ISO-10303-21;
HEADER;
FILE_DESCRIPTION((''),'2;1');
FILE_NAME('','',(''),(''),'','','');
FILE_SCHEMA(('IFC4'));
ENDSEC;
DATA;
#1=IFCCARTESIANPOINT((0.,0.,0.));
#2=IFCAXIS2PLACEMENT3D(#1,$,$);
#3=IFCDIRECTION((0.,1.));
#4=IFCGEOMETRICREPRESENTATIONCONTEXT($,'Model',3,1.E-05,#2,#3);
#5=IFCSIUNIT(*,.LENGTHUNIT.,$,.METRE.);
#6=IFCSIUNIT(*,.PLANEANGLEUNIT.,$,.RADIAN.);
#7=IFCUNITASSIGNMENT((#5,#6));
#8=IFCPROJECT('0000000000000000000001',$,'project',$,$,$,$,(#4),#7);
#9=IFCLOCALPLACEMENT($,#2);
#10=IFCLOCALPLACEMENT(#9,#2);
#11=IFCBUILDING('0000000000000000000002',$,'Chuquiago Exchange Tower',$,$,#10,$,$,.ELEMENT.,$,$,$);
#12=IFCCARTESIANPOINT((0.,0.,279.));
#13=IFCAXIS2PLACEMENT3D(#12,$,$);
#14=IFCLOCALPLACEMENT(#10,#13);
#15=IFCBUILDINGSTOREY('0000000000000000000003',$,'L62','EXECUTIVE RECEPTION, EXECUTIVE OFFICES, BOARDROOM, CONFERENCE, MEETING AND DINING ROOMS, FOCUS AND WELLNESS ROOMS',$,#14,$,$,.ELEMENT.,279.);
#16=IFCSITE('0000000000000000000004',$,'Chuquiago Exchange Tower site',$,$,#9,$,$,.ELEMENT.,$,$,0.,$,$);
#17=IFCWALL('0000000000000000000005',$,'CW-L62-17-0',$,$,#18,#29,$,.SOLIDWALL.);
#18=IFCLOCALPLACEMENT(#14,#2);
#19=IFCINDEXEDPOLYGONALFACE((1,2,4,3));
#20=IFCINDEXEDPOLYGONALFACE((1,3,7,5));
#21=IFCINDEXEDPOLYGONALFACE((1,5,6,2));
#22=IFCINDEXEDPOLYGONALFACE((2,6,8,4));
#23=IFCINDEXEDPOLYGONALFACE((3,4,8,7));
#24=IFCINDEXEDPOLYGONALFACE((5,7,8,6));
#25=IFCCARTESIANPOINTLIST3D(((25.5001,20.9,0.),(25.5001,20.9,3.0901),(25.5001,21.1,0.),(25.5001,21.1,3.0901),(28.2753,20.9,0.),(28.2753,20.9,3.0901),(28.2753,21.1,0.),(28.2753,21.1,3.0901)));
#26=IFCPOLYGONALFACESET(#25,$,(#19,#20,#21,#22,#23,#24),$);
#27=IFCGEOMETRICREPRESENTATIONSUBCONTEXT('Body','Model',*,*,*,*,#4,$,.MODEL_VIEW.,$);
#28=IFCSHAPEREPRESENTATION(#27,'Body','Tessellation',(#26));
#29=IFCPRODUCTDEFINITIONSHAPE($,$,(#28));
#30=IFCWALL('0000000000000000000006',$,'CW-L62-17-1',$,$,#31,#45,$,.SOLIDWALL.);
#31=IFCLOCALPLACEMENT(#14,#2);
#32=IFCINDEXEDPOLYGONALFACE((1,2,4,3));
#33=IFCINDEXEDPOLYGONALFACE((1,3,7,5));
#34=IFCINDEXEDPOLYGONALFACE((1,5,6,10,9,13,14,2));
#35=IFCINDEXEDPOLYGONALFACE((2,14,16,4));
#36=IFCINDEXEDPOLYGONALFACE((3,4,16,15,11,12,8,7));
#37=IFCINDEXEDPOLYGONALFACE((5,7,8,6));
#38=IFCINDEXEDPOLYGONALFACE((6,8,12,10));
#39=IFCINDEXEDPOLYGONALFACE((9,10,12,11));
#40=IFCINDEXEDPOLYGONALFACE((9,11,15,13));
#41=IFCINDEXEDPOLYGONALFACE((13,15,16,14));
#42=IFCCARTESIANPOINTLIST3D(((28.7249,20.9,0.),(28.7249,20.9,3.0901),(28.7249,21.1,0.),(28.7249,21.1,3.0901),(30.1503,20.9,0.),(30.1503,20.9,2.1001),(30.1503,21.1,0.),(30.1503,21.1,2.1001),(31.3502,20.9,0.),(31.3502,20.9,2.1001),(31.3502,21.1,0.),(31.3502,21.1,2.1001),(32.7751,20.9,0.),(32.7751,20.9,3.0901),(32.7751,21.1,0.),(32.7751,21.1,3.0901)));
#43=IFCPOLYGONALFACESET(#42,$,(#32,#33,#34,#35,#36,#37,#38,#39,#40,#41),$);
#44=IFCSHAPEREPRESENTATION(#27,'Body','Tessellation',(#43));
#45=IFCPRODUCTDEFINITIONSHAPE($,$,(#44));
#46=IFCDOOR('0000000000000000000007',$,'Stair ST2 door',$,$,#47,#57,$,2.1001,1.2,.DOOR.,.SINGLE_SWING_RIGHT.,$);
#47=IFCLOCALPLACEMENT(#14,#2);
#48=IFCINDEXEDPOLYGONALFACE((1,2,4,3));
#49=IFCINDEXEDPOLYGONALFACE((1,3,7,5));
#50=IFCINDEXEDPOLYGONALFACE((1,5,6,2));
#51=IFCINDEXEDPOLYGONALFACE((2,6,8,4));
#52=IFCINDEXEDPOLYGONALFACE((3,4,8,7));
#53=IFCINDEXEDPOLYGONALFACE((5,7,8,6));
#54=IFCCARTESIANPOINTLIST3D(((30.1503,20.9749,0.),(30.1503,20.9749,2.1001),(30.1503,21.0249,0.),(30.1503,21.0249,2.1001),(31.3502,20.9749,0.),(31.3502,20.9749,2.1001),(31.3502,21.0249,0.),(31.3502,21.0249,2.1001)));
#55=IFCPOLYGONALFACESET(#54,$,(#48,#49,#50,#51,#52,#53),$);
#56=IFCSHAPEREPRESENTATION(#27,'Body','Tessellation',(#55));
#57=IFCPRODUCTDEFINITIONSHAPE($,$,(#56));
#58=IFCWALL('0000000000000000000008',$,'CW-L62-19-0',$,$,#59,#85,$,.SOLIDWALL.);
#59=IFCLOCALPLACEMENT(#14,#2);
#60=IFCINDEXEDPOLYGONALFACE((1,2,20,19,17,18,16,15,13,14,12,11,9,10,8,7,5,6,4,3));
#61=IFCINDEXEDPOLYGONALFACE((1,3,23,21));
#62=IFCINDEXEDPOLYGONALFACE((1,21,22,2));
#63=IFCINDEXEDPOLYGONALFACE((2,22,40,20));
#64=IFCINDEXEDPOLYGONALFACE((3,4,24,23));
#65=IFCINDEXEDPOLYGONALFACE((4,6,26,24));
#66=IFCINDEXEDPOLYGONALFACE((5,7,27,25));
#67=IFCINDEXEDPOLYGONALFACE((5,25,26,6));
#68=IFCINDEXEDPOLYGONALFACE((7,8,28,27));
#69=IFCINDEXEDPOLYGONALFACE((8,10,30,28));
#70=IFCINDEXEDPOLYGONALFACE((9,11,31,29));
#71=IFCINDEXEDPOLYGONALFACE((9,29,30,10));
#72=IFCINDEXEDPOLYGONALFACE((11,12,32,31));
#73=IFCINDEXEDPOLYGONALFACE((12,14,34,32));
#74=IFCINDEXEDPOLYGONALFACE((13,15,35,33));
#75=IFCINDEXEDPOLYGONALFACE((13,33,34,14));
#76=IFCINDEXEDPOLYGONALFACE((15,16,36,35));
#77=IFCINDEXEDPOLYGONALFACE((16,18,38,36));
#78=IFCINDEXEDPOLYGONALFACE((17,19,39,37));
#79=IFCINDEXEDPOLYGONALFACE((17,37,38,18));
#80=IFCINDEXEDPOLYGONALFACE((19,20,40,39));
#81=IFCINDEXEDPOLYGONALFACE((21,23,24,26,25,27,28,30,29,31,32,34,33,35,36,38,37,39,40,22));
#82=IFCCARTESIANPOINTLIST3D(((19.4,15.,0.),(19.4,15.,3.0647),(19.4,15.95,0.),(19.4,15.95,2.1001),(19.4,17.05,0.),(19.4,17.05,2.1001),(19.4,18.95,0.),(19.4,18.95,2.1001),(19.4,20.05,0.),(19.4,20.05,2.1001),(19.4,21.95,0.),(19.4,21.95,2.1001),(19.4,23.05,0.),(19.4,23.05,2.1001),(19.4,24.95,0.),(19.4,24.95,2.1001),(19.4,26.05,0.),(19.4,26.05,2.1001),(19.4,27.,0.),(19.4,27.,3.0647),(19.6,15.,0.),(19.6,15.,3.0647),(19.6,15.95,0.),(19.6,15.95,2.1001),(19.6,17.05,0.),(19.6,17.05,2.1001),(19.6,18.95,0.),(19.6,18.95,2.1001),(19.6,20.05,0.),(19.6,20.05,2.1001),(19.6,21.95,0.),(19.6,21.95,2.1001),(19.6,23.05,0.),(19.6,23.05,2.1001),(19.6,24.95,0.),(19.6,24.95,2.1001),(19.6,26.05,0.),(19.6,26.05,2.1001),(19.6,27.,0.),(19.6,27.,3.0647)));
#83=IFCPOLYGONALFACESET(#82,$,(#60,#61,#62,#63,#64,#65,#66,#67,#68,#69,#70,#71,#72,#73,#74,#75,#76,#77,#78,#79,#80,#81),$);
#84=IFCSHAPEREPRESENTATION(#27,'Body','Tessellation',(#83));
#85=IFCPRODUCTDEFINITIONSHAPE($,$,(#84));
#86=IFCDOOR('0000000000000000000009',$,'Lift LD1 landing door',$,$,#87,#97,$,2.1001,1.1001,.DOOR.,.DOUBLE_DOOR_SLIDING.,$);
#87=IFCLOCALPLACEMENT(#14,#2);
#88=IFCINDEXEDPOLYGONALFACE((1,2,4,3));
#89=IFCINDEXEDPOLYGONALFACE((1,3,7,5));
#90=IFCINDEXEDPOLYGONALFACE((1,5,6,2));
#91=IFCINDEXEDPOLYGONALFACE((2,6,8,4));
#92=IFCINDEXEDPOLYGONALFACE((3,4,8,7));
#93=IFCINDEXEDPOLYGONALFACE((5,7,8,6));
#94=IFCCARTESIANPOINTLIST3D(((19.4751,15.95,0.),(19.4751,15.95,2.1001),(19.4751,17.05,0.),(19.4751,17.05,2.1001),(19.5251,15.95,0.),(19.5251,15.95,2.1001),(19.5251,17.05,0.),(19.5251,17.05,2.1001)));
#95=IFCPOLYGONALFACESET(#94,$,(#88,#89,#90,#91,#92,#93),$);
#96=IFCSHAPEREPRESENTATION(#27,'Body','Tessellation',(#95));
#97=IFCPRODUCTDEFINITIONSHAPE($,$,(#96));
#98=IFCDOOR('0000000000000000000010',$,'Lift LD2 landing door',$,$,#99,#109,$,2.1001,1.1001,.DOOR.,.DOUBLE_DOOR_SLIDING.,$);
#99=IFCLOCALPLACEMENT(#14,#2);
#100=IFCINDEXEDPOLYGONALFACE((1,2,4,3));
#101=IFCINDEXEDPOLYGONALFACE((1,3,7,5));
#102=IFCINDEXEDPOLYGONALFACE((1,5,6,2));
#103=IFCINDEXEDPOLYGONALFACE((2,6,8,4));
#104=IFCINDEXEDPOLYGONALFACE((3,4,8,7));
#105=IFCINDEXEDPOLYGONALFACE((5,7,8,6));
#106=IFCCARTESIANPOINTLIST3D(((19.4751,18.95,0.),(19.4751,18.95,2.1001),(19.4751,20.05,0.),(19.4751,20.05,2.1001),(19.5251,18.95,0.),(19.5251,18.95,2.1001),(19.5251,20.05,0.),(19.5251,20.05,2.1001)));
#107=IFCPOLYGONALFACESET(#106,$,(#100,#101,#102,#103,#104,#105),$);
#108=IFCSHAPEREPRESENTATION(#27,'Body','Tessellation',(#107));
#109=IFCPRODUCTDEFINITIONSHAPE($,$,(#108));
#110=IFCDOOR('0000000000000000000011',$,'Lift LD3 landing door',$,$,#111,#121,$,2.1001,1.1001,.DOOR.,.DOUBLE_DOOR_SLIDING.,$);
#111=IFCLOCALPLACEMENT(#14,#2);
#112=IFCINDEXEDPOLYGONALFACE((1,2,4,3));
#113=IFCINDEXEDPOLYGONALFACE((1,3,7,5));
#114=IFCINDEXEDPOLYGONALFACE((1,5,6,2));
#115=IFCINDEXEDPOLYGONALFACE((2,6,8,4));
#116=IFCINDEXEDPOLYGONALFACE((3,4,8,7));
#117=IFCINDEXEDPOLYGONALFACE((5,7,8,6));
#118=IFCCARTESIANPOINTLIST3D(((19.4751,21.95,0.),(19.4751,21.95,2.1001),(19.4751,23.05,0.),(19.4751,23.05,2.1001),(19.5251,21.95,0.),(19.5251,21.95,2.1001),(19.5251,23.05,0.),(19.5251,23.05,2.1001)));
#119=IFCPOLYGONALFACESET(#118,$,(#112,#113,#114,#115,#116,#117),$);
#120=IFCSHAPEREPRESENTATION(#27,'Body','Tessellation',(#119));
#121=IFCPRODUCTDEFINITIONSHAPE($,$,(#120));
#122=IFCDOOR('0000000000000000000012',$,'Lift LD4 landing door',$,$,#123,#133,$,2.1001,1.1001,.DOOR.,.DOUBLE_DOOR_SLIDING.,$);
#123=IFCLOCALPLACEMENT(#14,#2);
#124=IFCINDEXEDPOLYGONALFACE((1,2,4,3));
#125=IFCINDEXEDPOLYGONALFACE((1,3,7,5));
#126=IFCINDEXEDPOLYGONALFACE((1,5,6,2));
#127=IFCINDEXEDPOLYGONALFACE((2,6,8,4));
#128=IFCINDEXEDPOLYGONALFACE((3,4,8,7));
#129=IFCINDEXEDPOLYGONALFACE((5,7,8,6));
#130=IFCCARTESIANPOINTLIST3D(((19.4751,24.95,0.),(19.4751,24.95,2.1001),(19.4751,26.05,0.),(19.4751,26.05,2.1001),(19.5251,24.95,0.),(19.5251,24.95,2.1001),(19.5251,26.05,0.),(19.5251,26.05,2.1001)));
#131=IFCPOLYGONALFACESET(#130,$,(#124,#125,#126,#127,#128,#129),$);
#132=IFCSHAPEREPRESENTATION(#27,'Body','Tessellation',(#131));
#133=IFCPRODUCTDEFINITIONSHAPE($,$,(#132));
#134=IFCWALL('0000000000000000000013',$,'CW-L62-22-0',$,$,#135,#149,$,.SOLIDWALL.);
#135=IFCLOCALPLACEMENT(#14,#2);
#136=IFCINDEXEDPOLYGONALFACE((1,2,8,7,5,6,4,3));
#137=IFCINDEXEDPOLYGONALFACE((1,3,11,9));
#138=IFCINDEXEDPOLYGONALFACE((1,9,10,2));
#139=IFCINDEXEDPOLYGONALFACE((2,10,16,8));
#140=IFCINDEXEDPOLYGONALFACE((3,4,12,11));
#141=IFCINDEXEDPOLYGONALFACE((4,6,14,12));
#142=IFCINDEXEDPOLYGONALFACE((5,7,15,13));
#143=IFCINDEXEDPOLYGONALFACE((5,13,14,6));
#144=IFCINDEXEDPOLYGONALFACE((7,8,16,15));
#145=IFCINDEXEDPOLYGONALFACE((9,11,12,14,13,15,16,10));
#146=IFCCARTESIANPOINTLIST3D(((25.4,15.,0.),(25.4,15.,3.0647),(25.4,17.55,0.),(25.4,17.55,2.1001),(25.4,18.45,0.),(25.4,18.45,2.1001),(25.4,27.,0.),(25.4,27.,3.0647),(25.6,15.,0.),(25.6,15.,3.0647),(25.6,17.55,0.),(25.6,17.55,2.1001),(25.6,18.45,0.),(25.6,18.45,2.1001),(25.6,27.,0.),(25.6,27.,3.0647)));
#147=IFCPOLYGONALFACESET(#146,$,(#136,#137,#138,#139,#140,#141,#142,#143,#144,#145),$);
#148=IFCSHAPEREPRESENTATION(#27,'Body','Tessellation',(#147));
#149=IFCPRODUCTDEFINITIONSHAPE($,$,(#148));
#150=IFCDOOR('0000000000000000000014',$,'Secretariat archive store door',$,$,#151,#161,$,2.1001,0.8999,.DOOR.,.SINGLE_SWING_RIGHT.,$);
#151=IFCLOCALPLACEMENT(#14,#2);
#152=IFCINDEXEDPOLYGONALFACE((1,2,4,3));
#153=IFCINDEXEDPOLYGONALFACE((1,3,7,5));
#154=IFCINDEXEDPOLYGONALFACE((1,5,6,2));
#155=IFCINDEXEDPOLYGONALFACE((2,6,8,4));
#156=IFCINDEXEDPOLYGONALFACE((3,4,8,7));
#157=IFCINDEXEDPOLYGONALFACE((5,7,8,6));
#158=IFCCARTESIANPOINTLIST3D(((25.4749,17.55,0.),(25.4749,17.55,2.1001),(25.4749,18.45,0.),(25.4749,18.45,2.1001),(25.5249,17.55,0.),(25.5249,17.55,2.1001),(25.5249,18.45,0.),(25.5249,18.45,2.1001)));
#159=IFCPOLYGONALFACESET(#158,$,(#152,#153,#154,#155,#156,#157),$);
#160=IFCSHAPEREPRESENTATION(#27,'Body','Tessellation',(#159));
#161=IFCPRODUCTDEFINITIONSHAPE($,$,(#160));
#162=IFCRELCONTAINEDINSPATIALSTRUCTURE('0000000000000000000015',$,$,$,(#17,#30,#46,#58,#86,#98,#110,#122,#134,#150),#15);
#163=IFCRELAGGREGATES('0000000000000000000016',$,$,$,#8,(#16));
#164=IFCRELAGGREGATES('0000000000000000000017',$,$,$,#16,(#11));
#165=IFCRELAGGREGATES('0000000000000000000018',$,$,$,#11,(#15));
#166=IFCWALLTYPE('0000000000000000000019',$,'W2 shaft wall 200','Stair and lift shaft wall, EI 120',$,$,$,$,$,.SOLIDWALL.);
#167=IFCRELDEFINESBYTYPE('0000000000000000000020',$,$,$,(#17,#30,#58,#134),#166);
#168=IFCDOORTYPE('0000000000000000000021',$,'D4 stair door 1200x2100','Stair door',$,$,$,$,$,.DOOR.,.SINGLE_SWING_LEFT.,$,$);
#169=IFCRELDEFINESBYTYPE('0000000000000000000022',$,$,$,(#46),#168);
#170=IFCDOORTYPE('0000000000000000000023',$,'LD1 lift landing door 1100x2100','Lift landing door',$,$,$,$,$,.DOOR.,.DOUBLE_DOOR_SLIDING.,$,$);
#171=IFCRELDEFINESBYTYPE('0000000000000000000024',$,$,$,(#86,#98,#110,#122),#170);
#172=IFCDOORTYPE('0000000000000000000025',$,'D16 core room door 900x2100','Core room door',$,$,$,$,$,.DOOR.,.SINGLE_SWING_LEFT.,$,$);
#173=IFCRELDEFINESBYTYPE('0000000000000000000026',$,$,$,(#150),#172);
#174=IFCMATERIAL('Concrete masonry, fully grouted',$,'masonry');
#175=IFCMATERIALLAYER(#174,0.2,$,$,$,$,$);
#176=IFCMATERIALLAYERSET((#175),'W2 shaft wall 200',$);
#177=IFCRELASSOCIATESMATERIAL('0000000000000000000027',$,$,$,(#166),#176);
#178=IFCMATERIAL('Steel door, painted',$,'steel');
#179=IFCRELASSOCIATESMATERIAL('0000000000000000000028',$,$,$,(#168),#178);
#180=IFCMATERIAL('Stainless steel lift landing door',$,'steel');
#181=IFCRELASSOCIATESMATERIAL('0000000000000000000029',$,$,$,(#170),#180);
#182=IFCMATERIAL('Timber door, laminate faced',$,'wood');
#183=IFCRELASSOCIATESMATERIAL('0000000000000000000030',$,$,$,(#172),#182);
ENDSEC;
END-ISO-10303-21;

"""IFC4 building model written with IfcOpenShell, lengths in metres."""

from ifc_helpers import new_model, si_unit, direction, frame, frame_2d, origin, place, context, subcontext, project, spatial, rectangle, extrude, material, layer, layer_set, type_object, element, fill, save


model = new_model("IFC4")

# Units and contexts
model_context = context("Model", 3, precision=1e-05, world=origin(), true_north=direction((0.0, 1.0)))
body_context = subcontext(model_context, "Body", "Model", "MODEL_VIEW")
ifc_project = project(units=[si_unit("LENGTHUNIT", "METRE"), si_unit("PLANEANGLEUNIT", "RADIAN")], contexts=[model_context])

# Site, building, storey
site_placement = place(None, origin())
site = spatial("IfcSite", under=ifc_project, at=site_placement, Name="Chuquiago Exchange Tower site", CompositionType="ELEMENT", RefElevation=0.0)
building_placement = place(site_placement, origin())
building = spatial("IfcBuilding", under=site, at=building_placement, Name="Chuquiago Exchange Tower", CompositionType="ELEMENT")
storey_placement = place(building_placement, frame((0.0, 0.0, 279.0)))
storey = spatial("IfcBuildingStorey", under=building, at=storey_placement, Name="L62", Description="EXECUTIVE RECEPTION, EXECUTIVE OFFICES, BOARDROOM, CONFERENCE, MEETING AND DINING ROOMS, FOCUS AND WELLNESS ROOMS", CompositionType="ELEMENT", Elevation=279.0)

# Shared definitions
ifc_material_1 = material(Name="Concrete masonry, fully grouted", Category="masonry")
ifc_layer_1 = layer(ifc_material_1, 0.2)
ifc_layer_set_1 = layer_set([ifc_layer_1], Name="W2 shaft wall 200")
wall_type_1 = type_object("IfcWallType", Name="W2 shaft wall 200", Description="Stair and lift shaft wall, EI 120", PredefinedType="SOLIDWALL", material=ifc_layer_set_1)

# Wall
wall_1_placement = place(storey_placement, frame((25.5, 21.0, 0.0), z_axis=(0.0, 0.0, 1.0), x_axis=(1.0, 0.0, 0.0)))
element("IfcWall", 1, at=wall_1_placement, inside=storey, type_object=wall_type_1, Name="CW-L62-17-0", PredefinedType="SOLIDWALL", context=body_context, shape_type="SweptSolid", body=[
    extrude(rectangle(XDim=2.7751, YDim=0.2, at=frame_2d((1.3877, 0.0))), origin(), (0.0, 0.0, 1.0), 3.0901),
])

# Wall, opening, door
wall_2_placement = place(storey_placement, frame((28.7249, 21.0, 0.0), z_axis=(0.0, 0.0, 1.0), x_axis=(1.0, 0.0, 0.0)))
wall_2 = element("IfcWall", 2, at=wall_2_placement, inside=storey, type_object=wall_type_1, Name="CW-L62-17-1", PredefinedType="SOLIDWALL", context=body_context, shape_type="SweptSolid", body=[
    extrude(rectangle(XDim=4.0503, YDim=0.2, at=frame_2d((2.0251, 0.0))), origin(), (0.0, 0.0, 1.0), 3.0901),
])
opening_1_placement = place(wall_2_placement, frame((1.4253, 0.0, 0.0)))
opening_1 = element("IfcOpeningElement", 3, at=opening_1_placement, cuts=wall_2, PredefinedType="OPENING", context=body_context, shape_type="SweptSolid", body=[
    extrude(rectangle(XDim=1.2, YDim=2.1001, at=frame_2d((0.6001, 1.05))), frame((0.0, 0.1099, 0.0), z_axis=(0.0, -1.0, 0.0), x_axis=(1.0, 0.0, 0.0)), (0.0, 0.0, 1.0), 0.22),
])
ifc_material_2 = material(Name="Steel door, painted", Category="steel")
door_type_1 = type_object("IfcDoorType", Name="D4 stair door 1200x2100", Description="Stair door", OperationType="SINGLE_SWING_LEFT", PredefinedType="DOOR", material=ifc_material_2)
door_1_placement = place(opening_1_placement, origin())
door_1 = element("IfcDoor", 4, at=door_1_placement, inside=storey, type_object=door_type_1, Name="Stair ST2 door", OperationType="SINGLE_SWING_RIGHT", OverallHeight=2.1001, OverallWidth=1.2, PredefinedType="DOOR", context=body_context, shape_type="SweptSolid", body=[
    extrude(rectangle(XDim=1.2, YDim=2.1001, at=frame_2d((0.6001, 1.05))), frame((0.0, 0.0249, 0.0), z_axis=(0.0, -1.0, 0.0), x_axis=(1.0, 0.0, 0.0)), (0.0, 0.0, 1.0), 0.05),
])
fill(opening_1, door_1)

# Wall, openings, doors
wall_3_placement = place(storey_placement, frame((19.5, 15.0, 0.0), z_axis=(0.0, 0.0, 1.0), x_axis=(0.0, 1.0, 0.0)))
wall_3 = element("IfcWall", 5, at=wall_3_placement, inside=storey, type_object=wall_type_1, Name="CW-L62-19-0", PredefinedType="SOLIDWALL", context=body_context, shape_type="SweptSolid", body=[
    extrude(rectangle(XDim=12.0, YDim=0.2, at=frame_2d((6.0, 0.0))), origin(), (0.0, 0.0, 1.0), 3.0647),
])
opening_2_placement = place(wall_3_placement, frame((0.95, 0.0, 0.0)))
opening_2 = element("IfcOpeningElement", 6, at=opening_2_placement, cuts=wall_3, PredefinedType="OPENING", context=body_context, shape_type="SweptSolid", body=[
    extrude(rectangle(XDim=1.1001, YDim=2.1001, at=frame_2d((0.55, 1.05))), frame((0.0, 0.1099, 0.0), z_axis=(0.0, -1.0, 0.0), x_axis=(1.0, 0.0, 0.0)), (0.0, 0.0, 1.0), 0.22),
])
opening_3_placement = place(wall_3_placement, frame((3.95, 0.0, 0.0)))
opening_3 = element("IfcOpeningElement", 7, at=opening_3_placement, cuts=wall_3, PredefinedType="OPENING", context=body_context, shape_type="SweptSolid", body=[
    extrude(rectangle(XDim=1.1001, YDim=2.1001, at=frame_2d((0.55, 1.05))), frame((0.0, 0.1099, 0.0), z_axis=(0.0, -1.0, 0.0), x_axis=(1.0, 0.0, 0.0)), (0.0, 0.0, 1.0), 0.22),
])
opening_4_placement = place(wall_3_placement, frame((6.95, 0.0, 0.0)))
opening_4 = element("IfcOpeningElement", 8, at=opening_4_placement, cuts=wall_3, PredefinedType="OPENING", context=body_context, shape_type="SweptSolid", body=[
    extrude(rectangle(XDim=1.1001, YDim=2.1001, at=frame_2d((0.55, 1.05))), frame((0.0, 0.1099, 0.0), z_axis=(0.0, -1.0, 0.0), x_axis=(1.0, 0.0, 0.0)), (0.0, 0.0, 1.0), 0.22),
])
opening_5_placement = place(wall_3_placement, frame((9.95, 0.0, 0.0)))
opening_5 = element("IfcOpeningElement", 9, at=opening_5_placement, cuts=wall_3, PredefinedType="OPENING", context=body_context, shape_type="SweptSolid", body=[
    extrude(rectangle(XDim=1.1001, YDim=2.1001, at=frame_2d((0.55, 1.05))), frame((0.0, 0.1099, 0.0), z_axis=(0.0, -1.0, 0.0), x_axis=(1.0, 0.0, 0.0)), (0.0, 0.0, 1.0), 0.22),
])
ifc_material_3 = material(Name="Stainless steel lift landing door", Category="steel")
door_type_2 = type_object("IfcDoorType", Name="LD1 lift landing door 1100x2100", Description="Lift landing door", OperationType="DOUBLE_DOOR_SLIDING", PredefinedType="DOOR", material=ifc_material_3)
door_2_placement = place(opening_2_placement, origin())
door_2 = element("IfcDoor", 10, at=door_2_placement, inside=storey, type_object=door_type_2, Name="Lift LD1 landing door", OperationType="DOUBLE_DOOR_SLIDING", OverallHeight=2.1001, OverallWidth=1.1001, PredefinedType="DOOR", context=body_context, shape_type="SweptSolid", body=[
    extrude(rectangle(XDim=1.1001, YDim=2.1001, at=frame_2d((0.55, 1.05))), frame((0.0, 0.0249, 0.0), z_axis=(0.0, -1.0, 0.0), x_axis=(1.0, 0.0, 0.0)), (0.0, 0.0, 1.0), 0.05),
])
fill(opening_2, door_2)
door_3_placement = place(opening_3_placement, origin())
door_3 = element("IfcDoor", 11, at=door_3_placement, inside=storey, type_object=door_type_2, Name="Lift LD2 landing door", OperationType="DOUBLE_DOOR_SLIDING", OverallHeight=2.1001, OverallWidth=1.1001, PredefinedType="DOOR", context=body_context, shape_type="SweptSolid", body=[
    extrude(rectangle(XDim=1.1001, YDim=2.1001, at=frame_2d((0.55, 1.05))), frame((0.0, 0.0249, 0.0), z_axis=(0.0, -1.0, 0.0), x_axis=(1.0, 0.0, 0.0)), (0.0, 0.0, 1.0), 0.05),
])
fill(opening_3, door_3)
door_4_placement = place(opening_4_placement, origin())
door_4 = element("IfcDoor", 12, at=door_4_placement, inside=storey, type_object=door_type_2, Name="Lift LD3 landing door", OperationType="DOUBLE_DOOR_SLIDING", OverallHeight=2.1001, OverallWidth=1.1001, PredefinedType="DOOR", context=body_context, shape_type="SweptSolid", body=[
    extrude(rectangle(XDim=1.1001, YDim=2.1001, at=frame_2d((0.55, 1.05))), frame((0.0, 0.0249, 0.0), z_axis=(0.0, -1.0, 0.0), x_axis=(1.0, 0.0, 0.0)), (0.0, 0.0, 1.0), 0.05),
])
fill(opening_4, door_4)
door_5_placement = place(opening_5_placement, origin())
door_5 = element("IfcDoor", 13, at=door_5_placement, inside=storey, type_object=door_type_2, Name="Lift LD4 landing door", OperationType="DOUBLE_DOOR_SLIDING", OverallHeight=2.1001, OverallWidth=1.1001, PredefinedType="DOOR", context=body_context, shape_type="SweptSolid", body=[
    extrude(rectangle(XDim=1.1001, YDim=2.1001, at=frame_2d((0.55, 1.05))), frame((0.0, 0.0249, 0.0), z_axis=(0.0, -1.0, 0.0), x_axis=(1.0, 0.0, 0.0)), (0.0, 0.0, 1.0), 0.05),
])
fill(opening_5, door_5)

# Wall, opening, door
wall_4_placement = place(storey_placement, frame((25.5, 15.0, 0.0), z_axis=(0.0, 0.0, 1.0), x_axis=(0.0, 1.0, 0.0)))
wall_4 = element("IfcWall", 14, at=wall_4_placement, inside=storey, type_object=wall_type_1, Name="CW-L62-22-0", PredefinedType="SOLIDWALL", context=body_context, shape_type="SweptSolid", body=[
    extrude(rectangle(XDim=12.0, YDim=0.2, at=frame_2d((6.0, 0.0))), origin(), (0.0, 0.0, 1.0), 3.0647),
])
opening_6_placement = place(wall_4_placement, frame((2.55, 0.0, 0.0)))
opening_6 = element("IfcOpeningElement", 15, at=opening_6_placement, cuts=wall_4, PredefinedType="OPENING", context=body_context, shape_type="SweptSolid", body=[
    extrude(rectangle(XDim=0.8999, YDim=2.1001, at=frame_2d((0.45, 1.05))), frame((0.0, 0.1099, 0.0), z_axis=(0.0, -1.0, 0.0), x_axis=(1.0, 0.0, 0.0)), (0.0, 0.0, 1.0), 0.22),
])
ifc_material_4 = material(Name="Timber door, laminate faced", Category="wood")
door_type_3 = type_object("IfcDoorType", Name="D16 core room door 900x2100", Description="Core room door", OperationType="SINGLE_SWING_LEFT", PredefinedType="DOOR", material=ifc_material_4)
door_6_placement = place(opening_6_placement, frame((0.8999, 0.0, 0.0), z_axis=(0.0, 0.0, 1.0), x_axis=(-1.0, 0.0, 0.0)))
door_6 = element("IfcDoor", 16, at=door_6_placement, inside=storey, type_object=door_type_3, Name="Secretariat archive store door", OperationType="SINGLE_SWING_RIGHT", OverallHeight=2.1001, OverallWidth=0.8999, PredefinedType="DOOR", context=body_context, shape_type="SweptSolid", body=[
    extrude(rectangle(XDim=0.8999, YDim=2.1001, at=frame_2d((0.45, 1.05))), frame((0.0, 0.0249, 0.0), z_axis=(0.0, -1.0, 0.0), x_axis=(1.0, 0.0, 0.0)), (0.0, 0.0, 1.0), 0.05),
])
fill(opening_6, door_6)

save(model, "model.ifc")
